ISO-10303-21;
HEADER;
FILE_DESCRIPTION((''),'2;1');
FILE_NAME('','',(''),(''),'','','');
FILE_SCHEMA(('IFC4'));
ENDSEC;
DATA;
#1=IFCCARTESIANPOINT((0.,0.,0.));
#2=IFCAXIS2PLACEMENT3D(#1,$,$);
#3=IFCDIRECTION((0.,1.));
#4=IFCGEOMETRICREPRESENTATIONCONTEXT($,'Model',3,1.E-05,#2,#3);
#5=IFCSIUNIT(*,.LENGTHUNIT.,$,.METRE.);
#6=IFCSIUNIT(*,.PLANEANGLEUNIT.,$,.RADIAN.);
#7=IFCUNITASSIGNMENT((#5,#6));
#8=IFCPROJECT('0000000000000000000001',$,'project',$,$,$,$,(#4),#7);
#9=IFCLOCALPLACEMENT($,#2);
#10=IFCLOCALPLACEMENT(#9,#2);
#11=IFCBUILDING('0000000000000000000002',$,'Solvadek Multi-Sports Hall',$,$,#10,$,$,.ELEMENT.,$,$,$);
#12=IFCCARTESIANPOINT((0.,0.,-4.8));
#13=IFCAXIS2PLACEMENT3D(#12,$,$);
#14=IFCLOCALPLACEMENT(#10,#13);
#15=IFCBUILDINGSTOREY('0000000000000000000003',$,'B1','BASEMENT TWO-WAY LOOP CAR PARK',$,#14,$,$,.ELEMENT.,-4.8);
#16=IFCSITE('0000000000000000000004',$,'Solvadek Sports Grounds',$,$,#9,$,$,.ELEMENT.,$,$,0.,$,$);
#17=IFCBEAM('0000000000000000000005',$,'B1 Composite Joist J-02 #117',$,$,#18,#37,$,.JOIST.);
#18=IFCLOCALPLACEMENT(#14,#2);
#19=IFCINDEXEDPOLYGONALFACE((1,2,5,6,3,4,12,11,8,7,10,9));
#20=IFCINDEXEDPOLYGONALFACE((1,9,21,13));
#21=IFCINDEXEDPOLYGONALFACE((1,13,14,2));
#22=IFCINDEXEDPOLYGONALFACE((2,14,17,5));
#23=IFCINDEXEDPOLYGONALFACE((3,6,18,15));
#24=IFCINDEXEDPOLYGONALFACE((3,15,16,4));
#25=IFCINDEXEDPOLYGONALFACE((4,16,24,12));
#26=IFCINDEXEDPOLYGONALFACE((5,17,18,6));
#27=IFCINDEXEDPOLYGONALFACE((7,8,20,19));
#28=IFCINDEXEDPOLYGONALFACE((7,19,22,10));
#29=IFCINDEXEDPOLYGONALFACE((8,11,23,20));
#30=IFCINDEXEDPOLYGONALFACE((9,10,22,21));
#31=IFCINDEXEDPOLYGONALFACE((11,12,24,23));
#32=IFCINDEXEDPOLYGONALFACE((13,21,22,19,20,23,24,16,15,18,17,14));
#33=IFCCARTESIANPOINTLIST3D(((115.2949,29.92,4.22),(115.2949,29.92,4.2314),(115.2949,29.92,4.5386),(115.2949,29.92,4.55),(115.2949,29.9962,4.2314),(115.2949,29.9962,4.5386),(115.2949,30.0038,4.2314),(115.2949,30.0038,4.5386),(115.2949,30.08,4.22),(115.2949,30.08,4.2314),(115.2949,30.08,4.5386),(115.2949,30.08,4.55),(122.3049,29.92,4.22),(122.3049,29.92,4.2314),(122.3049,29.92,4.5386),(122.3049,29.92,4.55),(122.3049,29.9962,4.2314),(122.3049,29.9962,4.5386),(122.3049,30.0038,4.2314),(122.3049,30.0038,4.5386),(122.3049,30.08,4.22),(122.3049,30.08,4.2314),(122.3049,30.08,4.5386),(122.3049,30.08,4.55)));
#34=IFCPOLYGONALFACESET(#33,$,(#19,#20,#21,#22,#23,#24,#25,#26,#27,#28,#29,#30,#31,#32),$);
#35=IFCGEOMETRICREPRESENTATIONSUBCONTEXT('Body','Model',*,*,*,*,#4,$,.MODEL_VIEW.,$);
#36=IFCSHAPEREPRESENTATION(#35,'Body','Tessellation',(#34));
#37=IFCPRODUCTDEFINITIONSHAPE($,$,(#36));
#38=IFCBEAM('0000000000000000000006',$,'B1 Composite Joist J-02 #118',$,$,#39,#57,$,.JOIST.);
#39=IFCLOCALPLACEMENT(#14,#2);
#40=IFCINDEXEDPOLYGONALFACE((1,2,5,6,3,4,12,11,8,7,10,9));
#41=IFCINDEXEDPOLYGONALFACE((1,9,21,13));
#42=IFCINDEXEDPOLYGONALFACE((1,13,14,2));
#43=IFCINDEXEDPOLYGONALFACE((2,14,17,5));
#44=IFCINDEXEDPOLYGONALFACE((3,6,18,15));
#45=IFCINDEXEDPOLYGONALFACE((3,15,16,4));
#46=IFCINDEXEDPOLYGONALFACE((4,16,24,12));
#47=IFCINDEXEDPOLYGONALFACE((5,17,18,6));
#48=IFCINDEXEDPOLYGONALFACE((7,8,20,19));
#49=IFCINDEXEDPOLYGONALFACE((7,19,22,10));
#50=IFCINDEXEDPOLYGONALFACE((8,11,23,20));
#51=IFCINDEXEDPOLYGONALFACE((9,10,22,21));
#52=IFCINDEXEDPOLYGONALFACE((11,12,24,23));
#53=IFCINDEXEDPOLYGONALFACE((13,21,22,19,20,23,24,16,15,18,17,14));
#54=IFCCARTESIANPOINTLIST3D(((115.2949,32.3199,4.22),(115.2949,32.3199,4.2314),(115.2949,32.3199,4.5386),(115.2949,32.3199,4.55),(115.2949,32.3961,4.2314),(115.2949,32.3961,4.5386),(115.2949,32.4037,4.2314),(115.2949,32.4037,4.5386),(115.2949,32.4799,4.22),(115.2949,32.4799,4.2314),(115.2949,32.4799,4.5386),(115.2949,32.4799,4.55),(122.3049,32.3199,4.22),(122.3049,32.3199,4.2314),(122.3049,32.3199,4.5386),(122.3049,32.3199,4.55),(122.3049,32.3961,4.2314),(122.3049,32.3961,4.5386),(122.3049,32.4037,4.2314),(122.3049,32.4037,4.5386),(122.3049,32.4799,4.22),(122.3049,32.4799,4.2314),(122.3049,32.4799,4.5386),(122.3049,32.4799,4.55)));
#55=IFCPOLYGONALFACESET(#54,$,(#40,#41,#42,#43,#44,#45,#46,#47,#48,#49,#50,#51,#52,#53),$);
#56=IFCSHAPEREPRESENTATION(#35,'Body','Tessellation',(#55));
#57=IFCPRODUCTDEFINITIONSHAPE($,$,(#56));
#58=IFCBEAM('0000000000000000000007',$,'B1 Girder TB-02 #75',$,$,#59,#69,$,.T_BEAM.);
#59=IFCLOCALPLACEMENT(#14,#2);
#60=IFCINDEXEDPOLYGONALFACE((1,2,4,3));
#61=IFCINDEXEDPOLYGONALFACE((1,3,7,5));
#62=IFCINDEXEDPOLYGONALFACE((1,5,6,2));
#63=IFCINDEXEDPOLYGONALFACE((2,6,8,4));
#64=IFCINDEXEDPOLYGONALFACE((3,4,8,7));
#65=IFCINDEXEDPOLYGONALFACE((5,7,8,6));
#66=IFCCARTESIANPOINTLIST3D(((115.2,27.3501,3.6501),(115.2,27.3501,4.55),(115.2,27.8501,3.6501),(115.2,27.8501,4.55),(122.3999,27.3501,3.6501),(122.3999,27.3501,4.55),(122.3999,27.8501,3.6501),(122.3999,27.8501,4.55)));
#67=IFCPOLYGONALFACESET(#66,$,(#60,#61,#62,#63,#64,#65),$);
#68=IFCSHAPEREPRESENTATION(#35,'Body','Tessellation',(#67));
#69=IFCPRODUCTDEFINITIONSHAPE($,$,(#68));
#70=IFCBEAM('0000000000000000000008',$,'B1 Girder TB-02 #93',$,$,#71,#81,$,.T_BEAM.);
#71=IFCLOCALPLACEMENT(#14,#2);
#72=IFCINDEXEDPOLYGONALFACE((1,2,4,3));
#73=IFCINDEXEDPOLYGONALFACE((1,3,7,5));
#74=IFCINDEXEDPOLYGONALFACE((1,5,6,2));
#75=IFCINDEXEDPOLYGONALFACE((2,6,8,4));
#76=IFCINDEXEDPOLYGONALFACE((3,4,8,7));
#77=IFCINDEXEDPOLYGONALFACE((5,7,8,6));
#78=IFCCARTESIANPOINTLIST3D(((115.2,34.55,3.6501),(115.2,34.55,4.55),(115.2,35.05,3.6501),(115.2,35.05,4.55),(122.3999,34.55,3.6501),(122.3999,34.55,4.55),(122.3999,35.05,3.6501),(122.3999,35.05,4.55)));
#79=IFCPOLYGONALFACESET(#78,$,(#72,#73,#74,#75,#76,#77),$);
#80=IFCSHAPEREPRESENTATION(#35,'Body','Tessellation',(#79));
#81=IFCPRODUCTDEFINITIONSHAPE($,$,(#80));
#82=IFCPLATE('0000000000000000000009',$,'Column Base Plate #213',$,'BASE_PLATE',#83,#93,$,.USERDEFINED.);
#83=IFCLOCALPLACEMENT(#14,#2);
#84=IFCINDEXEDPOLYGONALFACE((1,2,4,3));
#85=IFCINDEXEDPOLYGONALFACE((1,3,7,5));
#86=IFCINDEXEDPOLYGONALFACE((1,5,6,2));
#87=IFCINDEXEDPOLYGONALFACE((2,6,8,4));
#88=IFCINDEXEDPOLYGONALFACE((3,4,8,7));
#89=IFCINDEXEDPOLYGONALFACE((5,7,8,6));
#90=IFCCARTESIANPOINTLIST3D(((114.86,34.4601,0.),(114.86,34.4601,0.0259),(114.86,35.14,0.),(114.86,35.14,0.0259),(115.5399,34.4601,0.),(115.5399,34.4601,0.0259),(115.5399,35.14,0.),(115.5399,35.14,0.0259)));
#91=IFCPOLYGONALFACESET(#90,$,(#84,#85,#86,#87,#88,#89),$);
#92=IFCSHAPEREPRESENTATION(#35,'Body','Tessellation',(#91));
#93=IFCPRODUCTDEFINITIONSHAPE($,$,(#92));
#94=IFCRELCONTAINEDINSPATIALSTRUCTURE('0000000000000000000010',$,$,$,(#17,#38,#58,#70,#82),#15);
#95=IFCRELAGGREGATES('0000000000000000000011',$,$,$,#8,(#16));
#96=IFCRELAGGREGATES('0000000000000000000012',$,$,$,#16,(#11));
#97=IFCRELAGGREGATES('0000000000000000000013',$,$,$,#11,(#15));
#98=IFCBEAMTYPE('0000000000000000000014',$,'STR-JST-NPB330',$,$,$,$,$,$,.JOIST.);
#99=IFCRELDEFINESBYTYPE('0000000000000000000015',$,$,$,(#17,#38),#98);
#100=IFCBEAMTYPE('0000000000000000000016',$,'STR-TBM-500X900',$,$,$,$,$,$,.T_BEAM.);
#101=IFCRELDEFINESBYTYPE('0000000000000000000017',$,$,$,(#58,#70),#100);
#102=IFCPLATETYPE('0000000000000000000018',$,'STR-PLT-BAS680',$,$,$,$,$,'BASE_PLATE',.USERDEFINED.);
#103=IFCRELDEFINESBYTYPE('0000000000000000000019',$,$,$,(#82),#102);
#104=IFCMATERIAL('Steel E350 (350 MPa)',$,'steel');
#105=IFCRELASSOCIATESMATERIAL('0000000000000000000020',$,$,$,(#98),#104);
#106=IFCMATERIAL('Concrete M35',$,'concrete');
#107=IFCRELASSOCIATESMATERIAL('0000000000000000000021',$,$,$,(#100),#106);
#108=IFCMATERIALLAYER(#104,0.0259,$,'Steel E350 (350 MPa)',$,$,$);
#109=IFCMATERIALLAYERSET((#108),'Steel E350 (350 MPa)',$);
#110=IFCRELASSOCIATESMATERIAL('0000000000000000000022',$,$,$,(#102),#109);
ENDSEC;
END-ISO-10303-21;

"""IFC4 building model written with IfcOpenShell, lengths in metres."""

from ifc_helpers import new_model, si_unit, direction, frame, origin, origin_2d, place, context, subcontext, project, spatial, rectangle, i_section, extrude, material, layer, layer_set, material_profile, profile_set, type_object, element, save


model = new_model("IFC4")

# Units and contexts
model_context = context("Model", 3, precision=1e-05, world=origin(), true_north=direction((0.0, 1.0)))
body_context = subcontext(model_context, "Body", "Model", "MODEL_VIEW")
ifc_project = project(units=[si_unit("LENGTHUNIT", "METRE"), si_unit("PLANEANGLEUNIT", "RADIAN")], contexts=[model_context])

# Site, building, storey
site_placement = place(None, origin())
site = spatial("IfcSite", under=ifc_project, at=site_placement, Name="Solvadek Sports Grounds", CompositionType="ELEMENT", RefElevation=0.0)
building_placement = place(site_placement, origin())
building = spatial("IfcBuilding", under=site, at=building_placement, Name="Solvadek Multi-Sports Hall", CompositionType="ELEMENT")
storey_placement = place(building_placement, frame((0.0, 0.0, -4.8)))
storey = spatial("IfcBuildingStorey", under=building, at=storey_placement, Name="B1", Description="BASEMENT TWO-WAY LOOP CAR PARK", CompositionType="ELEMENT", Elevation=-4.8)

# Shared definitions
ifc_material_1 = material(Name="Concrete M35", Category="concrete")

# Shared definitions
ifc_material_2 = material(Name="Steel E350 (350 MPa)", Category="steel")

# Beams
ifc_material_profile_1 = material_profile(ifc_material_2, i_section(OverallWidth=0.1599, OverallDepth=0.3301, WebThickness=0.0076, FlangeThickness=0.0115, at=origin_2d()), Name="NPB 330")
ifc_profile_set_1 = profile_set([ifc_material_profile_1], Name="Steel E350 (350 MPa)")
beam_type_1 = type_object("IfcBeamType", Name="STR-JST-NPB330", PredefinedType="JOIST", material=ifc_profile_set_1)
for number, where, z_axis, x_axis, name in (
    (1, (115.2949, 30.0, 4.385), (1.0, 0.0, 0.0), (0.0, 1.0, 0.0), "B1 Composite Joist J-02 #117"),
    (2, (115.2949, 32.3999, 4.385), (1.0, 0.0, 0.0), (0.0, 1.0, 0.0), "B1 Composite Joist J-02 #118"),
):
    element("IfcBeam", number, at=place(storey_placement, frame(where, z_axis=z_axis, x_axis=x_axis)), inside=storey, type_object=beam_type_1, Name=name, PredefinedType="JOIST", context=body_context, shape_type="SweptSolid", body=[
        extrude(i_section(OverallWidth=0.1599, OverallDepth=0.3301, WebThickness=0.0076, FlangeThickness=0.0115, at=origin_2d()), origin(), (0.0, 0.0, 1.0), 7.01),
    ])
ifc_material_profile_2 = material_profile(ifc_material_1, rectangle(XDim=0.5, YDim=0.8999, at=origin_2d()), Name="RC T-BEAM 500x900")
ifc_profile_set_2 = profile_set([ifc_material_profile_2], Name="Concrete M35")
beam_type_2 = type_object("IfcBeamType", Name="STR-TBM-500X900", PredefinedType="T_BEAM", material=ifc_profile_set_2)
for number, where, z_axis, x_axis, name in (
    (3, (115.2, 27.6001, 4.1001), (1.0, 0.0, 0.0), (0.0, 1.0, 0.0), "B1 Girder TB-02 #75"),
    (4, (115.2, 34.8, 4.1001), (1.0, 0.0, 0.0), (0.0, 1.0, 0.0), "B1 Girder TB-02 #93"),
):
    element("IfcBeam", number, at=place(storey_placement, frame(where, z_axis=z_axis, x_axis=x_axis)), inside=storey, type_object=beam_type_2, Name=name, PredefinedType="T_BEAM", context=body_context, shape_type="SweptSolid", body=[
        extrude(rectangle(XDim=0.5, YDim=0.8999, at=origin_2d()), origin(), (0.0, 0.0, 1.0), 7.2),
    ])

# Plate
ifc_layer = layer(ifc_material_2, 0.0259, Name="Steel E350 (350 MPa)")
ifc_layer_set = layer_set([ifc_layer], Name="Steel E350 (350 MPa)")
plate_type = type_object("IfcPlateType", Name="STR-PLT-BAS680", ElementType="BASE_PLATE", PredefinedType="USERDEFINED", material=ifc_layer_set)
plate_placement = place(storey_placement, frame((115.2, 34.8, 0.0), z_axis=(0.0, 0.0, 1.0), x_axis=(1.0, 0.0, 0.0)))
element("IfcPlate", 5, at=plate_placement, inside=storey, type_object=plate_type, Name="Column Base Plate #213", ObjectType="BASE_PLATE", PredefinedType="USERDEFINED", context=body_context, shape_type="SweptSolid", body=[
    extrude(rectangle(XDim=0.6799, YDim=0.6799, at=origin_2d()), origin(), (0.0, 0.0, 1.0), 0.0259),
])

save(model, "model.ifc")
